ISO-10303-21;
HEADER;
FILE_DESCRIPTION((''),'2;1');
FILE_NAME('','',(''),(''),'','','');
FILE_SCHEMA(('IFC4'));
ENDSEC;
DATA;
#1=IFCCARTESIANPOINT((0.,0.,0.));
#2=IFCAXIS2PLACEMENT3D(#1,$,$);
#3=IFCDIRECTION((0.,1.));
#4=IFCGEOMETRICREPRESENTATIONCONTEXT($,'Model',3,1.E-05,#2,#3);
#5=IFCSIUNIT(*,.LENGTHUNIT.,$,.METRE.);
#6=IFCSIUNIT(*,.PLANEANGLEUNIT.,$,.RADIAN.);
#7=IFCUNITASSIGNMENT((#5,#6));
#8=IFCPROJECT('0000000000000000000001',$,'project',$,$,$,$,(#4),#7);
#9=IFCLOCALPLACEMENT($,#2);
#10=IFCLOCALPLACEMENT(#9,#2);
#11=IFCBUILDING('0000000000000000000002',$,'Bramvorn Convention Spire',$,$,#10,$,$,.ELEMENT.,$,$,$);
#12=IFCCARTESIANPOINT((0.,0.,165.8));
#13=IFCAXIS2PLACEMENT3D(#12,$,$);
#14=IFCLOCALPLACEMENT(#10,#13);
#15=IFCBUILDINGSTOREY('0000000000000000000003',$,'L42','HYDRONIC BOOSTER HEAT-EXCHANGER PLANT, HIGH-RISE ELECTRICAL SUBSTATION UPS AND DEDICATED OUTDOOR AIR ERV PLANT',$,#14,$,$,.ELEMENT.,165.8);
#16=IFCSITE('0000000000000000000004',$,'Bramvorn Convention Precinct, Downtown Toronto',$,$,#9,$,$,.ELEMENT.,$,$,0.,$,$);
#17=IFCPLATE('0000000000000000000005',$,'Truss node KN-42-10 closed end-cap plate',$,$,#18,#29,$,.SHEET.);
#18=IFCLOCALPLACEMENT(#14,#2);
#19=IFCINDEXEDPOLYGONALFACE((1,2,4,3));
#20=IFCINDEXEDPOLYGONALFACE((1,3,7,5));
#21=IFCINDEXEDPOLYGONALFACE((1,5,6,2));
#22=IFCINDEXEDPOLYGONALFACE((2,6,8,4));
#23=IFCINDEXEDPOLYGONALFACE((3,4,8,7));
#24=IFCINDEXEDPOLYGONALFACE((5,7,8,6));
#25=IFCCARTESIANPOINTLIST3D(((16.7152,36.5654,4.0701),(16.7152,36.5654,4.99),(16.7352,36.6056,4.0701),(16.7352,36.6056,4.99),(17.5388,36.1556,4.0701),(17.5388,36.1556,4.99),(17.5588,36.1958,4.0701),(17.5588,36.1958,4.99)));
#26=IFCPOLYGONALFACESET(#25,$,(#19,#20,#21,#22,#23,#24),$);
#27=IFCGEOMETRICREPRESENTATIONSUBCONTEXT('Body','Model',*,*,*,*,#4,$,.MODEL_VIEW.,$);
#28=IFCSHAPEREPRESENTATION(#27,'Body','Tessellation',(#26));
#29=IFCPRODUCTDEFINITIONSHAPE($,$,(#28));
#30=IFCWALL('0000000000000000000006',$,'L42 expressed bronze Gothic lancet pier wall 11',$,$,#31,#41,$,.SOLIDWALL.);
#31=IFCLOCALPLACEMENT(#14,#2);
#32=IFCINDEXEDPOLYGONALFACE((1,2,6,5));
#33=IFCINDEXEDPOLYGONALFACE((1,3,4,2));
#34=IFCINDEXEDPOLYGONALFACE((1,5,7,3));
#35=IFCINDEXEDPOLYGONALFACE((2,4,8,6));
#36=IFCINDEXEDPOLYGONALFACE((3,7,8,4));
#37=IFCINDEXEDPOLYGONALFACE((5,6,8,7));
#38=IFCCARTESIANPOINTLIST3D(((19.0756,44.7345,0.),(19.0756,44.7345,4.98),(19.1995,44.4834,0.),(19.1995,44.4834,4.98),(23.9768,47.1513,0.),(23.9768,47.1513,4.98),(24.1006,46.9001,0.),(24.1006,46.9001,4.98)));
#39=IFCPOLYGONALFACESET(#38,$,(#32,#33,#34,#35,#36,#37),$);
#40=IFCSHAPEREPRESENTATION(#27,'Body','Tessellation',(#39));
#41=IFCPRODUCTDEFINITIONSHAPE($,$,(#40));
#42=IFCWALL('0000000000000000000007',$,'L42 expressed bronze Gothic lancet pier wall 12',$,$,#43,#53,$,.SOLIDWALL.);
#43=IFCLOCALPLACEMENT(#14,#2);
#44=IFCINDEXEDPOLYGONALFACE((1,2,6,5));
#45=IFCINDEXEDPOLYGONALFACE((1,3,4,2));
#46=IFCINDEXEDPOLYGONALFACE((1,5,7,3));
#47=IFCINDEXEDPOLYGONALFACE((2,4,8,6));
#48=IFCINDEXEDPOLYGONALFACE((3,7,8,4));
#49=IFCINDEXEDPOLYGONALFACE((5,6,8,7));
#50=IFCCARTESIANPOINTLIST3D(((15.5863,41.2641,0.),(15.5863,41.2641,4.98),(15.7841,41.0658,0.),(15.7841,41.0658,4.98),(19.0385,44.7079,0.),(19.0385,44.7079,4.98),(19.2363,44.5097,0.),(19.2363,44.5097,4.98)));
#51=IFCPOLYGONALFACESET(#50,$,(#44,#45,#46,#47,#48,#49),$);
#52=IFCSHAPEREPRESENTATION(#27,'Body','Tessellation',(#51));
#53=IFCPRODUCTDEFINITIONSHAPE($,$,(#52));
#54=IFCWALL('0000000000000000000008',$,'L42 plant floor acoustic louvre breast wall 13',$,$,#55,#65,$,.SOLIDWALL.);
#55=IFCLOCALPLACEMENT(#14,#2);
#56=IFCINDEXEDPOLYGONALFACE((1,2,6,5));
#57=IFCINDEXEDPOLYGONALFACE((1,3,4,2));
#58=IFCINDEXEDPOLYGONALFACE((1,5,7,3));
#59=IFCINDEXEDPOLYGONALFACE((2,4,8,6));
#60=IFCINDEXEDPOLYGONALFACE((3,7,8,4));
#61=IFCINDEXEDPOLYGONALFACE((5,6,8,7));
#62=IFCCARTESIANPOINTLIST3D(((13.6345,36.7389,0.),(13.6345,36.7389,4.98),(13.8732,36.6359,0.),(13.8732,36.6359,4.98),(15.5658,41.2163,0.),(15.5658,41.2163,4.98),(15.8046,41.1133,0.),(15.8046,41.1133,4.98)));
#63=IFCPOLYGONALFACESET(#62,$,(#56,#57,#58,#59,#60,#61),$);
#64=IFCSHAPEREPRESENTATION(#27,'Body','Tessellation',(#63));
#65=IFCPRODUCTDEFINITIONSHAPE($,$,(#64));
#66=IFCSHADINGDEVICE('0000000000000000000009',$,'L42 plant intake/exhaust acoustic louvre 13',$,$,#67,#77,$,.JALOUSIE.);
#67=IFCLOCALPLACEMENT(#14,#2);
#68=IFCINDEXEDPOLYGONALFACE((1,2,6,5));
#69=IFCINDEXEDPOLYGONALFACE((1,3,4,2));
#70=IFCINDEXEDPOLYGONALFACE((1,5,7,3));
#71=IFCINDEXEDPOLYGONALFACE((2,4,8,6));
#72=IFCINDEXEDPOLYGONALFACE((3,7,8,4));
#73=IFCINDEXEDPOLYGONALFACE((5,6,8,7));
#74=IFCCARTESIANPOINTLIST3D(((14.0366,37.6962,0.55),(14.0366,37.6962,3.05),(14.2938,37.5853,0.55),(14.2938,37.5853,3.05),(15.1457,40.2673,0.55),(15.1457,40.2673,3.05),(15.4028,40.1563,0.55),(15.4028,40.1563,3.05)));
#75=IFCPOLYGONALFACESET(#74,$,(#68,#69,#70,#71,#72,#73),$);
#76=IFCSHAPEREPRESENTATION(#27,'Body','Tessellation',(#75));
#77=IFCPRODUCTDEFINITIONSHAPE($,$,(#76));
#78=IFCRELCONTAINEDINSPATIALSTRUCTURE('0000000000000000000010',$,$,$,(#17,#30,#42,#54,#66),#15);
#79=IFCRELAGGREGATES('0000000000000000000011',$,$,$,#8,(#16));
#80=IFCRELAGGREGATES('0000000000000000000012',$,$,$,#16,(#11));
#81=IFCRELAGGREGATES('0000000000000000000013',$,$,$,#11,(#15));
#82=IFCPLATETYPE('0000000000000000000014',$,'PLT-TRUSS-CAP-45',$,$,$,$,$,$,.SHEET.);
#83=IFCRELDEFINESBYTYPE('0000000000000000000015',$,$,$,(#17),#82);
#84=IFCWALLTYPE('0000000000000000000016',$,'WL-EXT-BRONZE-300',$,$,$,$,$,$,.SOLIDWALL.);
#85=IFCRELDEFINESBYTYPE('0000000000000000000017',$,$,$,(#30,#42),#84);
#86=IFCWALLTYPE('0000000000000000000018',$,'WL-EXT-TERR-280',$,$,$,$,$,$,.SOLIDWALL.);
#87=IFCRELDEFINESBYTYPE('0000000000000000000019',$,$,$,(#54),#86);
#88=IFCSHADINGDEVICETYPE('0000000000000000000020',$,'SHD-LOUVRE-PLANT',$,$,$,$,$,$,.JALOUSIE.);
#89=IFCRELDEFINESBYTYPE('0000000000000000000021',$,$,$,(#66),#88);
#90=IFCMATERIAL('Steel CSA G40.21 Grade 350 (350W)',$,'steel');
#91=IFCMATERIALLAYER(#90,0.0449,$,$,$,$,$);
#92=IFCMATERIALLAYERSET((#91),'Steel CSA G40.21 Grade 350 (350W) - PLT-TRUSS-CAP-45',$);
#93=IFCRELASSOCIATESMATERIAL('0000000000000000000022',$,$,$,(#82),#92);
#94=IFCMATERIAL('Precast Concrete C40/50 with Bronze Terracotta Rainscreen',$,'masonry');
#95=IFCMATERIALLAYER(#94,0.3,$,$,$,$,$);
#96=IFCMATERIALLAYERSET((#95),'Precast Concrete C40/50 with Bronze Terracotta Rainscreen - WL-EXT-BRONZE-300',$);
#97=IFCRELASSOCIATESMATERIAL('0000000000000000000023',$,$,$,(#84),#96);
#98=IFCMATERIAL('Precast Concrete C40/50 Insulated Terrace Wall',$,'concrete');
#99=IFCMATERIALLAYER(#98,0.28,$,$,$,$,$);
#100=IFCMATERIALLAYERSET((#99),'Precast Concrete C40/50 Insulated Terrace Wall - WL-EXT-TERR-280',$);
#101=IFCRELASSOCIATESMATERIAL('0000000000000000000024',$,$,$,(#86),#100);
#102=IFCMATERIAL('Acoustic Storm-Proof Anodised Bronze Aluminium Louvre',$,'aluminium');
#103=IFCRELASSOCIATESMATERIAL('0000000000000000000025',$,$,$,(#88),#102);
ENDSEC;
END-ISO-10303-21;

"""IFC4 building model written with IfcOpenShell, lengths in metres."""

from ifc_helpers import new_model, si_unit, direction, frame, frame_2d, origin, origin_2d, place, context, subcontext, project, spatial, rectangle, extrude, material, layer, layer_set, type_object, element, save


model = new_model("IFC4")

# Units and contexts
model_context = context("Model", 3, precision=1e-05, world=origin(), true_north=direction((0.0, 1.0)))
body_context = subcontext(model_context, "Body", "Model", "MODEL_VIEW")
ifc_project = project(units=[si_unit("LENGTHUNIT", "METRE"), si_unit("PLANEANGLEUNIT", "RADIAN")], contexts=[model_context])

# Site, building, storey
site_placement = place(None, origin())
site = spatial("IfcSite", under=ifc_project, at=site_placement, Name="Bramvorn Convention Precinct, Downtown Toronto", CompositionType="ELEMENT", RefElevation=0.0)
building_placement = place(site_placement, origin())
building = spatial("IfcBuilding", under=site, at=building_placement, Name="Bramvorn Convention Spire", CompositionType="ELEMENT")
storey_placement = place(building_placement, frame((0.0, 0.0, 165.8)))
storey = spatial("IfcBuildingStorey", under=building, at=storey_placement, Name="L42", Description="HYDRONIC BOOSTER HEAT-EXCHANGER PLANT, HIGH-RISE ELECTRICAL SUBSTATION UPS AND DEDICATED OUTDOOR AIR ERV PLANT", CompositionType="ELEMENT", Elevation=165.8)

# Shared definitions
ifc_material_1 = material(Name="Steel CSA G40.21 Grade 350 (350W)", Category="steel")

# Plate
ifc_layer_1 = layer(ifc_material_1, 0.0449)
ifc_layer_set_1 = layer_set([ifc_layer_1], Name="Steel CSA G40.21 Grade 350 (350W) - PLT-TRUSS-CAP-45")
plate_type_1 = type_object("IfcPlateType", Name="PLT-TRUSS-CAP-45", PredefinedType="SHEET", material=ifc_layer_set_1)
plate_placement = place(storey_placement, frame((17.137, 36.3806, 4.0701), z_axis=(0.0, 0.0, 1.0), x_axis=(-0.895302, 0.44546, 0.0)))
element("IfcPlate", 1, at=plate_placement, inside=storey, type_object=plate_type_1, Name="Truss node KN-42-10 closed end-cap plate", PredefinedType="SHEET", context=body_context, shape_type="SweptSolid", body=[
    extrude(rectangle(XDim=0.9199, YDim=0.0449, at=origin_2d()), origin(), (0.0, 0.0, 1.0), 0.9199),
])

# Walls
ifc_material_2 = material(Name="Precast Concrete C40/50 with Bronze Terracotta Rainscreen", Category="masonry")
ifc_layer_2 = layer(ifc_material_2, 0.3)
ifc_layer_set_2 = layer_set([ifc_layer_2], Name="Precast Concrete C40/50 with Bronze Terracotta Rainscreen - WL-EXT-BRONZE-300")
wall_type_1 = type_object("IfcWallType", Name="WL-EXT-BRONZE-300", PredefinedType="SOLIDWALL", material=ifc_layer_set_2)
wall_1_placement = place(storey_placement, frame((19.1375, 44.6089, 0.0), z_axis=(0.0, 0.0, 1.0), x_axis=(0.896889, 0.442257, 0.0)))
element("IfcWall", 2, at=wall_1_placement, inside=storey, type_object=wall_type_1, Name="L42 expressed bronze Gothic lancet pier wall 11", PredefinedType="SOLIDWALL", context=body_context, shape_type="SweptSolid", body=[
    extrude(rectangle(XDim=5.4646, YDim=0.28, at=frame_2d((2.7324, 0.0))), origin(), (0.0, 0.0, 1.0), 4.98),
])
wall_2_placement = place(storey_placement, frame((15.6853, 41.165, 0.0), z_axis=(0.0, 0.0, 1.0), x_axis=(0.707957, 0.706255, 0.0)))
element("IfcWall", 3, at=wall_2_placement, inside=storey, type_object=wall_type_1, Name="L42 expressed bronze Gothic lancet pier wall 12", PredefinedType="SOLIDWALL", context=body_context, shape_type="SweptSolid", body=[
    extrude(rectangle(XDim=4.8762, YDim=0.28, at=frame_2d((2.438, 0.0))), origin(), (0.0, 0.0, 1.0), 4.98),
])
ifc_material_3 = material(Name="Precast Concrete C40/50 Insulated Terrace Wall", Category="concrete")
ifc_layer_3 = layer(ifc_material_3, 0.28)
ifc_layer_set_3 = layer_set([ifc_layer_3], Name="Precast Concrete C40/50 Insulated Terrace Wall - WL-EXT-TERR-280")
wall_type_2 = type_object("IfcWallType", Name="WL-EXT-TERR-280", PredefinedType="SOLIDWALL", material=ifc_layer_set_3)
wall_3_placement = place(storey_placement, frame((13.7539, 36.6875, 0.0), z_axis=(0.0, 0.0, 1.0), x_axis=(0.396075, 0.918218, 0.0)))
element("IfcWall", 4, at=wall_3_placement, inside=storey, type_object=wall_type_2, Name="L42 plant floor acoustic louvre breast wall 13", PredefinedType="SOLIDWALL", context=body_context, shape_type="SweptSolid", body=[
    extrude(rectangle(XDim=4.8762, YDim=0.26, at=frame_2d((2.438, 0.0))), origin(), (0.0, 0.0, 1.0), 4.98),
])

# Shading device
ifc_material_4 = material(Name="Acoustic Storm-Proof Anodised Bronze Aluminium Louvre", Category="aluminium")
shading_device_type = type_object("IfcShadingDeviceType", Name="SHD-LOUVRE-PLANT", PredefinedType="JALOUSIE", material=ifc_material_4)
shading_device_placement = place(storey_placement, frame((14.7197, 38.9263, 0.55), z_axis=(0.0, 0.0, 1.0), x_axis=(0.396079, 0.918216, 0.0)))
element("IfcShadingDevice", 5, at=shading_device_placement, inside=storey, type_object=shading_device_type, Name="L42 plant intake/exhaust acoustic louvre 13", PredefinedType="JALOUSIE", context=body_context, shape_type="SweptSolid", body=[
    extrude(rectangle(XDim=2.8, YDim=0.28, at=origin_2d()), origin(), (0.0, 0.0, 1.0), 2.5),
])

save(model, "model.ifc")
